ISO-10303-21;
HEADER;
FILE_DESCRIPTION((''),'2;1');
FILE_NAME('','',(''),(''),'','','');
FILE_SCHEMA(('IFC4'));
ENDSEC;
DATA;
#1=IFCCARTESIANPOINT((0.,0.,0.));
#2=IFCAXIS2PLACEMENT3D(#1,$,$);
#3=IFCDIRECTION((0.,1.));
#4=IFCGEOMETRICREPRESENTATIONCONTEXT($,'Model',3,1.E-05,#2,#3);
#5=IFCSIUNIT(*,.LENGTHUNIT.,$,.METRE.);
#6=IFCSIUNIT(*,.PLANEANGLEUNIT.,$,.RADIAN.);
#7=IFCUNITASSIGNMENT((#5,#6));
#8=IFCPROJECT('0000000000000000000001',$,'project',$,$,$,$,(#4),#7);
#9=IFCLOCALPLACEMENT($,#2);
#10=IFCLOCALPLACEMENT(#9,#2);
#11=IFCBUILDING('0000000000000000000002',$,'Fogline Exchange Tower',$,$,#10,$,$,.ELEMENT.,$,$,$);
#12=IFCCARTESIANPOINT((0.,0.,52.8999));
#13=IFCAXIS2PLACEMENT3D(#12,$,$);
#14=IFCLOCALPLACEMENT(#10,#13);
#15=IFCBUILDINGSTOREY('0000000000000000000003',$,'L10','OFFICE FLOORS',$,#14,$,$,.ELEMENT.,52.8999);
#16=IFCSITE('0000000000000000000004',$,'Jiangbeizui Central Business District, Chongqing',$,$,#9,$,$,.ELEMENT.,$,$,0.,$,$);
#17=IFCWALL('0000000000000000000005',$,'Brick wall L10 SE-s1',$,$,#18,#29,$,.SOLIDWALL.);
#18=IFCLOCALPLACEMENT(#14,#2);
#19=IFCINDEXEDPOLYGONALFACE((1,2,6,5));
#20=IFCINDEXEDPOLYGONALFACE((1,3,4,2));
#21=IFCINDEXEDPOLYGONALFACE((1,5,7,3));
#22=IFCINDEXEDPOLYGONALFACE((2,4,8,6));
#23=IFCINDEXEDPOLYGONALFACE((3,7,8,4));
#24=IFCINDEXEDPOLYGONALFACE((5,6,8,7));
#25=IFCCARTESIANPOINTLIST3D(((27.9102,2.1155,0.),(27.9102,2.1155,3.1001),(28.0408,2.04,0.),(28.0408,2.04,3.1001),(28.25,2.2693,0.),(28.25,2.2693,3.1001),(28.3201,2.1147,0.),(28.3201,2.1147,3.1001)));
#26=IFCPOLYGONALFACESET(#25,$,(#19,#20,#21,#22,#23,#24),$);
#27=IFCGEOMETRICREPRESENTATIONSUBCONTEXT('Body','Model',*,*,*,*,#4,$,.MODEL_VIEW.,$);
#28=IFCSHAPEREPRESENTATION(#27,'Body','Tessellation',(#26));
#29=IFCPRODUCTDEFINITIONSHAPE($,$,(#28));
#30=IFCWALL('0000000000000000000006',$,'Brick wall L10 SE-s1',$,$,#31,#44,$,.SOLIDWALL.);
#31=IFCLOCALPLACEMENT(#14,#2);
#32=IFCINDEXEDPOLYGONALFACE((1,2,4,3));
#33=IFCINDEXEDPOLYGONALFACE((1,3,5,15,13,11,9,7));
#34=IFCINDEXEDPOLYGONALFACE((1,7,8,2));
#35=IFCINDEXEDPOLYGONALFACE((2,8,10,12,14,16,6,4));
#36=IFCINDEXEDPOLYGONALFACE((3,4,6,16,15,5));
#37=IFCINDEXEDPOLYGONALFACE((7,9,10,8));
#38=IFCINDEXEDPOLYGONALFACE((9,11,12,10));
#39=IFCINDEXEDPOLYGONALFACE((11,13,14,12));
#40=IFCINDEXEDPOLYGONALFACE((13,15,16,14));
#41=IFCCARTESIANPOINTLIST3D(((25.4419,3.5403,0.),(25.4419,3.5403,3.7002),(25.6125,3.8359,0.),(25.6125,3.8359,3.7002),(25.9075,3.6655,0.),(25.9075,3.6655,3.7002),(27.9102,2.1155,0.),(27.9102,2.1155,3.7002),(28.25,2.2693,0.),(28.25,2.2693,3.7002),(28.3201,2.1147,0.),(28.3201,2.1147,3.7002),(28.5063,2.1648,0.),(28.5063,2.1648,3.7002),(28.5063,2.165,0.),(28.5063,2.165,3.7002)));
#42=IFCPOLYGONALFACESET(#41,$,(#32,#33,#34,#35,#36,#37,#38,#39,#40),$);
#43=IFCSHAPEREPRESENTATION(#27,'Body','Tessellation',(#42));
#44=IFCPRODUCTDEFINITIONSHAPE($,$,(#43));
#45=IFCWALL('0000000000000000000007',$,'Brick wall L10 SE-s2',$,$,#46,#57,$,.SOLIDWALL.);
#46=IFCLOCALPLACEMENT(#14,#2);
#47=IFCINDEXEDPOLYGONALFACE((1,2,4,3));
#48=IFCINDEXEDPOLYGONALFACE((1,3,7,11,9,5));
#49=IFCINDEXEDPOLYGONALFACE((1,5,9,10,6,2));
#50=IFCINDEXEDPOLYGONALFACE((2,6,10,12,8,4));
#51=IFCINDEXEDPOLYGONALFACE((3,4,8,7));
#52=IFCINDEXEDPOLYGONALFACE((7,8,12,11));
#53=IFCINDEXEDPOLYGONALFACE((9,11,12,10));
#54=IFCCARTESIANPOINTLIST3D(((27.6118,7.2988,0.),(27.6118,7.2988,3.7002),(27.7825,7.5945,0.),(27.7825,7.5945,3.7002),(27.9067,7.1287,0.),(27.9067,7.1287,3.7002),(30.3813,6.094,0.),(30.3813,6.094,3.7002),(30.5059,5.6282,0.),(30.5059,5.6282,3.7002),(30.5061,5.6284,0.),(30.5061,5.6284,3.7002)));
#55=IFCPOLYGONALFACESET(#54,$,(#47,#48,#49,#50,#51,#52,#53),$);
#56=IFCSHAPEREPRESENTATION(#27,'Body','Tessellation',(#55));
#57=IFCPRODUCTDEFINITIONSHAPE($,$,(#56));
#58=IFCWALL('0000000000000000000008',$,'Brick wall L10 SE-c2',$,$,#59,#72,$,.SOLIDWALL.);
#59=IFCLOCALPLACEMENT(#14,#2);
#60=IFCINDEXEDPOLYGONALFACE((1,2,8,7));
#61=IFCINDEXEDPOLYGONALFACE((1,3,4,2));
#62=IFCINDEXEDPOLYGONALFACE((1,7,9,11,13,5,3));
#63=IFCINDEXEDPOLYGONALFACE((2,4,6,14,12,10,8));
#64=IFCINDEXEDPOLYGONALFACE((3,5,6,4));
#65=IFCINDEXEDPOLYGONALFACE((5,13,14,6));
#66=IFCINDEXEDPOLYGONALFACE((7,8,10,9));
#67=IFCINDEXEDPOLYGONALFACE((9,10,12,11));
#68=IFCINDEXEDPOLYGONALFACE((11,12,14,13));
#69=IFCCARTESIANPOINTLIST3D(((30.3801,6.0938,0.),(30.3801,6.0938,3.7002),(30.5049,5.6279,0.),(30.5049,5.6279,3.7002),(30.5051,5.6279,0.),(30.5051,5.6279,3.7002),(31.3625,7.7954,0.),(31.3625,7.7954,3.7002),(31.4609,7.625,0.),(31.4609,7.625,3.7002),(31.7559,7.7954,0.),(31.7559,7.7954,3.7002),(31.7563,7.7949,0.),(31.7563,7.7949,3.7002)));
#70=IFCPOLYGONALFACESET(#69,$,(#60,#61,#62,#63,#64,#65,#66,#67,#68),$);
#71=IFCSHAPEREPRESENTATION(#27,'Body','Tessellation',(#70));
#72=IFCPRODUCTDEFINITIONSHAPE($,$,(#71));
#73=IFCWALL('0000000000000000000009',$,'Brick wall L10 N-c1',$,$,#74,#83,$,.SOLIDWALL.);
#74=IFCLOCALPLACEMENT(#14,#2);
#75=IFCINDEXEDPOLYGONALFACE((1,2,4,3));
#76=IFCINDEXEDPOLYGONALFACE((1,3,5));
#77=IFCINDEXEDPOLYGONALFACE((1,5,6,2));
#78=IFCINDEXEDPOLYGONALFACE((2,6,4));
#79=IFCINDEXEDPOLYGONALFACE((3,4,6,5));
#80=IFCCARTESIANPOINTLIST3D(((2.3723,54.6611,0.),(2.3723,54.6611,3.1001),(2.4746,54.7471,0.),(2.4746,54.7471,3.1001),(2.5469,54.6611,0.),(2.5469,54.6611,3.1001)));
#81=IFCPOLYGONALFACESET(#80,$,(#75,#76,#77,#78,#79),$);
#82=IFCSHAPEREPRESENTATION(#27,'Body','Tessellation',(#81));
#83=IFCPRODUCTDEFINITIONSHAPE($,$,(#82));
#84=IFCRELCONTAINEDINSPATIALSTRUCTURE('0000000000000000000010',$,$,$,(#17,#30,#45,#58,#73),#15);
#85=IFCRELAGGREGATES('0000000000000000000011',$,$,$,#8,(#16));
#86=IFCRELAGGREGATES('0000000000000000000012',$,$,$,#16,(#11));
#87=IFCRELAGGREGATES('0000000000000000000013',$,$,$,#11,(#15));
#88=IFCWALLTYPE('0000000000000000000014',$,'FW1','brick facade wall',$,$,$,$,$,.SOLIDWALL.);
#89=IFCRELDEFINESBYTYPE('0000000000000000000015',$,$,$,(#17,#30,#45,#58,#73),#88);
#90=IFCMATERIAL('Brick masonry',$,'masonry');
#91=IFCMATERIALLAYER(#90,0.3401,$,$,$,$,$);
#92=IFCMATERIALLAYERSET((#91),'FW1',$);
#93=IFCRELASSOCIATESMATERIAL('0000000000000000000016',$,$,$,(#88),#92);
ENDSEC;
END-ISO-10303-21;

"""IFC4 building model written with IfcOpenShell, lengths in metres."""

from ifc_helpers import new_model, si_unit, direction, frame, origin, place, context, subcontext, project, spatial, polyline, outline, extrude, material, layer, layer_set, type_object, element, save


model = new_model("IFC4")

# Units and contexts
model_context = context("Model", 3, precision=1e-05, world=origin(), true_north=direction((0.0, 1.0)))
body_context = subcontext(model_context, "Body", "Model", "MODEL_VIEW")
ifc_project = project(units=[si_unit("LENGTHUNIT", "METRE"), si_unit("PLANEANGLEUNIT", "RADIAN")], contexts=[model_context])

# Site, building, storey
site_placement = place(None, origin())
site = spatial("IfcSite", under=ifc_project, at=site_placement, Name="Jiangbeizui Central Business District, Chongqing", CompositionType="ELEMENT", RefElevation=0.0)
building_placement = place(site_placement, origin())
building = spatial("IfcBuilding", under=site, at=building_placement, Name="Fogline Exchange Tower", CompositionType="ELEMENT")
storey_placement = place(building_placement, frame((0.0, 0.0, 52.8999)))
storey = spatial("IfcBuildingStorey", under=building, at=storey_placement, Name="L10", Description="OFFICE FLOORS", CompositionType="ELEMENT", Elevation=52.8999)

# Walls
ifc_material_1 = material(Name="Brick masonry", Category="masonry")
ifc_layer_1 = layer(ifc_material_1, 0.3401)
ifc_layer_set_1 = layer_set([ifc_layer_1], Name="FW1")
wall_type = type_object("IfcWallType", Name="FW1", Description="brick facade wall", PredefinedType="SOLIDWALL", material=ifc_layer_set_1)
wall_1_placement = place(storey_placement, origin())
element("IfcWall", 1, at=wall_1_placement, inside=storey, type_object=wall_type, Name="Brick wall L10 SE-s1", PredefinedType="SOLIDWALL", context=body_context, shape_type="SweptSolid", body=[
    extrude(outline(polyline([(28.0408, 2.04), (27.9102, 2.1155), (28.25, 2.2693), (28.3201, 2.1147), (28.0408, 2.04)])), origin(), (0.0, 0.0, 1.0), 3.1001),
])
wall_2_placement = place(storey_placement, origin())
element("IfcWall", 2, at=wall_2_placement, inside=storey, type_object=wall_type, Name="Brick wall L10 SE-s1", PredefinedType="SOLIDWALL", context=body_context, shape_type="SweptSolid", body=[
    extrude(outline(polyline([(25.6125, 3.8359), (25.9075, 3.6655), (28.5063, 2.165), (28.5063, 2.1648), (28.3201, 2.1147), (28.25, 2.2693), (27.9102, 2.1155), (25.4419, 3.5403), (25.6125, 3.8359)])), origin(), (0.0, 0.0, 1.0), 3.7002),
])
wall_3_placement = place(storey_placement, origin())
element("IfcWall", 3, at=wall_3_placement, inside=storey, type_object=wall_type, Name="Brick wall L10 SE-s2", PredefinedType="SOLIDWALL", context=body_context, shape_type="SweptSolid", body=[
    extrude(outline(polyline([(30.5059, 5.6282), (27.9067, 7.1287), (27.6118, 7.2988), (27.7825, 7.5945), (30.3813, 6.094), (30.5061, 5.6284), (30.5059, 5.6282)])), origin(), (0.0, 0.0, 1.0), 3.7002),
])
wall_4_placement = place(storey_placement, origin())
element("IfcWall", 4, at=wall_4_placement, inside=storey, type_object=wall_type, Name="Brick wall L10 SE-c2", PredefinedType="SOLIDWALL", context=body_context, shape_type="SweptSolid", body=[
    extrude(outline(polyline([(31.3625, 7.7954), (31.4609, 7.625), (31.7559, 7.7954), (31.7563, 7.7949), (30.5051, 5.6279), (30.5049, 5.6279), (30.3801, 6.0938), (31.3625, 7.7954)])), origin(), (0.0, 0.0, 1.0), 3.7002),
])
wall_5_placement = place(storey_placement, origin())
element("IfcWall", 5, at=wall_5_placement, inside=storey, type_object=wall_type, Name="Brick wall L10 N-c1", PredefinedType="SOLIDWALL", context=body_context, shape_type="SweptSolid", body=[
    extrude(outline(polyline([(2.3723, 54.6611), (2.4746, 54.7471), (2.5469, 54.6611), (2.3723, 54.6611)])), origin(), (0.0, 0.0, 1.0), 3.1001),
])

save(model, "model.ifc")
